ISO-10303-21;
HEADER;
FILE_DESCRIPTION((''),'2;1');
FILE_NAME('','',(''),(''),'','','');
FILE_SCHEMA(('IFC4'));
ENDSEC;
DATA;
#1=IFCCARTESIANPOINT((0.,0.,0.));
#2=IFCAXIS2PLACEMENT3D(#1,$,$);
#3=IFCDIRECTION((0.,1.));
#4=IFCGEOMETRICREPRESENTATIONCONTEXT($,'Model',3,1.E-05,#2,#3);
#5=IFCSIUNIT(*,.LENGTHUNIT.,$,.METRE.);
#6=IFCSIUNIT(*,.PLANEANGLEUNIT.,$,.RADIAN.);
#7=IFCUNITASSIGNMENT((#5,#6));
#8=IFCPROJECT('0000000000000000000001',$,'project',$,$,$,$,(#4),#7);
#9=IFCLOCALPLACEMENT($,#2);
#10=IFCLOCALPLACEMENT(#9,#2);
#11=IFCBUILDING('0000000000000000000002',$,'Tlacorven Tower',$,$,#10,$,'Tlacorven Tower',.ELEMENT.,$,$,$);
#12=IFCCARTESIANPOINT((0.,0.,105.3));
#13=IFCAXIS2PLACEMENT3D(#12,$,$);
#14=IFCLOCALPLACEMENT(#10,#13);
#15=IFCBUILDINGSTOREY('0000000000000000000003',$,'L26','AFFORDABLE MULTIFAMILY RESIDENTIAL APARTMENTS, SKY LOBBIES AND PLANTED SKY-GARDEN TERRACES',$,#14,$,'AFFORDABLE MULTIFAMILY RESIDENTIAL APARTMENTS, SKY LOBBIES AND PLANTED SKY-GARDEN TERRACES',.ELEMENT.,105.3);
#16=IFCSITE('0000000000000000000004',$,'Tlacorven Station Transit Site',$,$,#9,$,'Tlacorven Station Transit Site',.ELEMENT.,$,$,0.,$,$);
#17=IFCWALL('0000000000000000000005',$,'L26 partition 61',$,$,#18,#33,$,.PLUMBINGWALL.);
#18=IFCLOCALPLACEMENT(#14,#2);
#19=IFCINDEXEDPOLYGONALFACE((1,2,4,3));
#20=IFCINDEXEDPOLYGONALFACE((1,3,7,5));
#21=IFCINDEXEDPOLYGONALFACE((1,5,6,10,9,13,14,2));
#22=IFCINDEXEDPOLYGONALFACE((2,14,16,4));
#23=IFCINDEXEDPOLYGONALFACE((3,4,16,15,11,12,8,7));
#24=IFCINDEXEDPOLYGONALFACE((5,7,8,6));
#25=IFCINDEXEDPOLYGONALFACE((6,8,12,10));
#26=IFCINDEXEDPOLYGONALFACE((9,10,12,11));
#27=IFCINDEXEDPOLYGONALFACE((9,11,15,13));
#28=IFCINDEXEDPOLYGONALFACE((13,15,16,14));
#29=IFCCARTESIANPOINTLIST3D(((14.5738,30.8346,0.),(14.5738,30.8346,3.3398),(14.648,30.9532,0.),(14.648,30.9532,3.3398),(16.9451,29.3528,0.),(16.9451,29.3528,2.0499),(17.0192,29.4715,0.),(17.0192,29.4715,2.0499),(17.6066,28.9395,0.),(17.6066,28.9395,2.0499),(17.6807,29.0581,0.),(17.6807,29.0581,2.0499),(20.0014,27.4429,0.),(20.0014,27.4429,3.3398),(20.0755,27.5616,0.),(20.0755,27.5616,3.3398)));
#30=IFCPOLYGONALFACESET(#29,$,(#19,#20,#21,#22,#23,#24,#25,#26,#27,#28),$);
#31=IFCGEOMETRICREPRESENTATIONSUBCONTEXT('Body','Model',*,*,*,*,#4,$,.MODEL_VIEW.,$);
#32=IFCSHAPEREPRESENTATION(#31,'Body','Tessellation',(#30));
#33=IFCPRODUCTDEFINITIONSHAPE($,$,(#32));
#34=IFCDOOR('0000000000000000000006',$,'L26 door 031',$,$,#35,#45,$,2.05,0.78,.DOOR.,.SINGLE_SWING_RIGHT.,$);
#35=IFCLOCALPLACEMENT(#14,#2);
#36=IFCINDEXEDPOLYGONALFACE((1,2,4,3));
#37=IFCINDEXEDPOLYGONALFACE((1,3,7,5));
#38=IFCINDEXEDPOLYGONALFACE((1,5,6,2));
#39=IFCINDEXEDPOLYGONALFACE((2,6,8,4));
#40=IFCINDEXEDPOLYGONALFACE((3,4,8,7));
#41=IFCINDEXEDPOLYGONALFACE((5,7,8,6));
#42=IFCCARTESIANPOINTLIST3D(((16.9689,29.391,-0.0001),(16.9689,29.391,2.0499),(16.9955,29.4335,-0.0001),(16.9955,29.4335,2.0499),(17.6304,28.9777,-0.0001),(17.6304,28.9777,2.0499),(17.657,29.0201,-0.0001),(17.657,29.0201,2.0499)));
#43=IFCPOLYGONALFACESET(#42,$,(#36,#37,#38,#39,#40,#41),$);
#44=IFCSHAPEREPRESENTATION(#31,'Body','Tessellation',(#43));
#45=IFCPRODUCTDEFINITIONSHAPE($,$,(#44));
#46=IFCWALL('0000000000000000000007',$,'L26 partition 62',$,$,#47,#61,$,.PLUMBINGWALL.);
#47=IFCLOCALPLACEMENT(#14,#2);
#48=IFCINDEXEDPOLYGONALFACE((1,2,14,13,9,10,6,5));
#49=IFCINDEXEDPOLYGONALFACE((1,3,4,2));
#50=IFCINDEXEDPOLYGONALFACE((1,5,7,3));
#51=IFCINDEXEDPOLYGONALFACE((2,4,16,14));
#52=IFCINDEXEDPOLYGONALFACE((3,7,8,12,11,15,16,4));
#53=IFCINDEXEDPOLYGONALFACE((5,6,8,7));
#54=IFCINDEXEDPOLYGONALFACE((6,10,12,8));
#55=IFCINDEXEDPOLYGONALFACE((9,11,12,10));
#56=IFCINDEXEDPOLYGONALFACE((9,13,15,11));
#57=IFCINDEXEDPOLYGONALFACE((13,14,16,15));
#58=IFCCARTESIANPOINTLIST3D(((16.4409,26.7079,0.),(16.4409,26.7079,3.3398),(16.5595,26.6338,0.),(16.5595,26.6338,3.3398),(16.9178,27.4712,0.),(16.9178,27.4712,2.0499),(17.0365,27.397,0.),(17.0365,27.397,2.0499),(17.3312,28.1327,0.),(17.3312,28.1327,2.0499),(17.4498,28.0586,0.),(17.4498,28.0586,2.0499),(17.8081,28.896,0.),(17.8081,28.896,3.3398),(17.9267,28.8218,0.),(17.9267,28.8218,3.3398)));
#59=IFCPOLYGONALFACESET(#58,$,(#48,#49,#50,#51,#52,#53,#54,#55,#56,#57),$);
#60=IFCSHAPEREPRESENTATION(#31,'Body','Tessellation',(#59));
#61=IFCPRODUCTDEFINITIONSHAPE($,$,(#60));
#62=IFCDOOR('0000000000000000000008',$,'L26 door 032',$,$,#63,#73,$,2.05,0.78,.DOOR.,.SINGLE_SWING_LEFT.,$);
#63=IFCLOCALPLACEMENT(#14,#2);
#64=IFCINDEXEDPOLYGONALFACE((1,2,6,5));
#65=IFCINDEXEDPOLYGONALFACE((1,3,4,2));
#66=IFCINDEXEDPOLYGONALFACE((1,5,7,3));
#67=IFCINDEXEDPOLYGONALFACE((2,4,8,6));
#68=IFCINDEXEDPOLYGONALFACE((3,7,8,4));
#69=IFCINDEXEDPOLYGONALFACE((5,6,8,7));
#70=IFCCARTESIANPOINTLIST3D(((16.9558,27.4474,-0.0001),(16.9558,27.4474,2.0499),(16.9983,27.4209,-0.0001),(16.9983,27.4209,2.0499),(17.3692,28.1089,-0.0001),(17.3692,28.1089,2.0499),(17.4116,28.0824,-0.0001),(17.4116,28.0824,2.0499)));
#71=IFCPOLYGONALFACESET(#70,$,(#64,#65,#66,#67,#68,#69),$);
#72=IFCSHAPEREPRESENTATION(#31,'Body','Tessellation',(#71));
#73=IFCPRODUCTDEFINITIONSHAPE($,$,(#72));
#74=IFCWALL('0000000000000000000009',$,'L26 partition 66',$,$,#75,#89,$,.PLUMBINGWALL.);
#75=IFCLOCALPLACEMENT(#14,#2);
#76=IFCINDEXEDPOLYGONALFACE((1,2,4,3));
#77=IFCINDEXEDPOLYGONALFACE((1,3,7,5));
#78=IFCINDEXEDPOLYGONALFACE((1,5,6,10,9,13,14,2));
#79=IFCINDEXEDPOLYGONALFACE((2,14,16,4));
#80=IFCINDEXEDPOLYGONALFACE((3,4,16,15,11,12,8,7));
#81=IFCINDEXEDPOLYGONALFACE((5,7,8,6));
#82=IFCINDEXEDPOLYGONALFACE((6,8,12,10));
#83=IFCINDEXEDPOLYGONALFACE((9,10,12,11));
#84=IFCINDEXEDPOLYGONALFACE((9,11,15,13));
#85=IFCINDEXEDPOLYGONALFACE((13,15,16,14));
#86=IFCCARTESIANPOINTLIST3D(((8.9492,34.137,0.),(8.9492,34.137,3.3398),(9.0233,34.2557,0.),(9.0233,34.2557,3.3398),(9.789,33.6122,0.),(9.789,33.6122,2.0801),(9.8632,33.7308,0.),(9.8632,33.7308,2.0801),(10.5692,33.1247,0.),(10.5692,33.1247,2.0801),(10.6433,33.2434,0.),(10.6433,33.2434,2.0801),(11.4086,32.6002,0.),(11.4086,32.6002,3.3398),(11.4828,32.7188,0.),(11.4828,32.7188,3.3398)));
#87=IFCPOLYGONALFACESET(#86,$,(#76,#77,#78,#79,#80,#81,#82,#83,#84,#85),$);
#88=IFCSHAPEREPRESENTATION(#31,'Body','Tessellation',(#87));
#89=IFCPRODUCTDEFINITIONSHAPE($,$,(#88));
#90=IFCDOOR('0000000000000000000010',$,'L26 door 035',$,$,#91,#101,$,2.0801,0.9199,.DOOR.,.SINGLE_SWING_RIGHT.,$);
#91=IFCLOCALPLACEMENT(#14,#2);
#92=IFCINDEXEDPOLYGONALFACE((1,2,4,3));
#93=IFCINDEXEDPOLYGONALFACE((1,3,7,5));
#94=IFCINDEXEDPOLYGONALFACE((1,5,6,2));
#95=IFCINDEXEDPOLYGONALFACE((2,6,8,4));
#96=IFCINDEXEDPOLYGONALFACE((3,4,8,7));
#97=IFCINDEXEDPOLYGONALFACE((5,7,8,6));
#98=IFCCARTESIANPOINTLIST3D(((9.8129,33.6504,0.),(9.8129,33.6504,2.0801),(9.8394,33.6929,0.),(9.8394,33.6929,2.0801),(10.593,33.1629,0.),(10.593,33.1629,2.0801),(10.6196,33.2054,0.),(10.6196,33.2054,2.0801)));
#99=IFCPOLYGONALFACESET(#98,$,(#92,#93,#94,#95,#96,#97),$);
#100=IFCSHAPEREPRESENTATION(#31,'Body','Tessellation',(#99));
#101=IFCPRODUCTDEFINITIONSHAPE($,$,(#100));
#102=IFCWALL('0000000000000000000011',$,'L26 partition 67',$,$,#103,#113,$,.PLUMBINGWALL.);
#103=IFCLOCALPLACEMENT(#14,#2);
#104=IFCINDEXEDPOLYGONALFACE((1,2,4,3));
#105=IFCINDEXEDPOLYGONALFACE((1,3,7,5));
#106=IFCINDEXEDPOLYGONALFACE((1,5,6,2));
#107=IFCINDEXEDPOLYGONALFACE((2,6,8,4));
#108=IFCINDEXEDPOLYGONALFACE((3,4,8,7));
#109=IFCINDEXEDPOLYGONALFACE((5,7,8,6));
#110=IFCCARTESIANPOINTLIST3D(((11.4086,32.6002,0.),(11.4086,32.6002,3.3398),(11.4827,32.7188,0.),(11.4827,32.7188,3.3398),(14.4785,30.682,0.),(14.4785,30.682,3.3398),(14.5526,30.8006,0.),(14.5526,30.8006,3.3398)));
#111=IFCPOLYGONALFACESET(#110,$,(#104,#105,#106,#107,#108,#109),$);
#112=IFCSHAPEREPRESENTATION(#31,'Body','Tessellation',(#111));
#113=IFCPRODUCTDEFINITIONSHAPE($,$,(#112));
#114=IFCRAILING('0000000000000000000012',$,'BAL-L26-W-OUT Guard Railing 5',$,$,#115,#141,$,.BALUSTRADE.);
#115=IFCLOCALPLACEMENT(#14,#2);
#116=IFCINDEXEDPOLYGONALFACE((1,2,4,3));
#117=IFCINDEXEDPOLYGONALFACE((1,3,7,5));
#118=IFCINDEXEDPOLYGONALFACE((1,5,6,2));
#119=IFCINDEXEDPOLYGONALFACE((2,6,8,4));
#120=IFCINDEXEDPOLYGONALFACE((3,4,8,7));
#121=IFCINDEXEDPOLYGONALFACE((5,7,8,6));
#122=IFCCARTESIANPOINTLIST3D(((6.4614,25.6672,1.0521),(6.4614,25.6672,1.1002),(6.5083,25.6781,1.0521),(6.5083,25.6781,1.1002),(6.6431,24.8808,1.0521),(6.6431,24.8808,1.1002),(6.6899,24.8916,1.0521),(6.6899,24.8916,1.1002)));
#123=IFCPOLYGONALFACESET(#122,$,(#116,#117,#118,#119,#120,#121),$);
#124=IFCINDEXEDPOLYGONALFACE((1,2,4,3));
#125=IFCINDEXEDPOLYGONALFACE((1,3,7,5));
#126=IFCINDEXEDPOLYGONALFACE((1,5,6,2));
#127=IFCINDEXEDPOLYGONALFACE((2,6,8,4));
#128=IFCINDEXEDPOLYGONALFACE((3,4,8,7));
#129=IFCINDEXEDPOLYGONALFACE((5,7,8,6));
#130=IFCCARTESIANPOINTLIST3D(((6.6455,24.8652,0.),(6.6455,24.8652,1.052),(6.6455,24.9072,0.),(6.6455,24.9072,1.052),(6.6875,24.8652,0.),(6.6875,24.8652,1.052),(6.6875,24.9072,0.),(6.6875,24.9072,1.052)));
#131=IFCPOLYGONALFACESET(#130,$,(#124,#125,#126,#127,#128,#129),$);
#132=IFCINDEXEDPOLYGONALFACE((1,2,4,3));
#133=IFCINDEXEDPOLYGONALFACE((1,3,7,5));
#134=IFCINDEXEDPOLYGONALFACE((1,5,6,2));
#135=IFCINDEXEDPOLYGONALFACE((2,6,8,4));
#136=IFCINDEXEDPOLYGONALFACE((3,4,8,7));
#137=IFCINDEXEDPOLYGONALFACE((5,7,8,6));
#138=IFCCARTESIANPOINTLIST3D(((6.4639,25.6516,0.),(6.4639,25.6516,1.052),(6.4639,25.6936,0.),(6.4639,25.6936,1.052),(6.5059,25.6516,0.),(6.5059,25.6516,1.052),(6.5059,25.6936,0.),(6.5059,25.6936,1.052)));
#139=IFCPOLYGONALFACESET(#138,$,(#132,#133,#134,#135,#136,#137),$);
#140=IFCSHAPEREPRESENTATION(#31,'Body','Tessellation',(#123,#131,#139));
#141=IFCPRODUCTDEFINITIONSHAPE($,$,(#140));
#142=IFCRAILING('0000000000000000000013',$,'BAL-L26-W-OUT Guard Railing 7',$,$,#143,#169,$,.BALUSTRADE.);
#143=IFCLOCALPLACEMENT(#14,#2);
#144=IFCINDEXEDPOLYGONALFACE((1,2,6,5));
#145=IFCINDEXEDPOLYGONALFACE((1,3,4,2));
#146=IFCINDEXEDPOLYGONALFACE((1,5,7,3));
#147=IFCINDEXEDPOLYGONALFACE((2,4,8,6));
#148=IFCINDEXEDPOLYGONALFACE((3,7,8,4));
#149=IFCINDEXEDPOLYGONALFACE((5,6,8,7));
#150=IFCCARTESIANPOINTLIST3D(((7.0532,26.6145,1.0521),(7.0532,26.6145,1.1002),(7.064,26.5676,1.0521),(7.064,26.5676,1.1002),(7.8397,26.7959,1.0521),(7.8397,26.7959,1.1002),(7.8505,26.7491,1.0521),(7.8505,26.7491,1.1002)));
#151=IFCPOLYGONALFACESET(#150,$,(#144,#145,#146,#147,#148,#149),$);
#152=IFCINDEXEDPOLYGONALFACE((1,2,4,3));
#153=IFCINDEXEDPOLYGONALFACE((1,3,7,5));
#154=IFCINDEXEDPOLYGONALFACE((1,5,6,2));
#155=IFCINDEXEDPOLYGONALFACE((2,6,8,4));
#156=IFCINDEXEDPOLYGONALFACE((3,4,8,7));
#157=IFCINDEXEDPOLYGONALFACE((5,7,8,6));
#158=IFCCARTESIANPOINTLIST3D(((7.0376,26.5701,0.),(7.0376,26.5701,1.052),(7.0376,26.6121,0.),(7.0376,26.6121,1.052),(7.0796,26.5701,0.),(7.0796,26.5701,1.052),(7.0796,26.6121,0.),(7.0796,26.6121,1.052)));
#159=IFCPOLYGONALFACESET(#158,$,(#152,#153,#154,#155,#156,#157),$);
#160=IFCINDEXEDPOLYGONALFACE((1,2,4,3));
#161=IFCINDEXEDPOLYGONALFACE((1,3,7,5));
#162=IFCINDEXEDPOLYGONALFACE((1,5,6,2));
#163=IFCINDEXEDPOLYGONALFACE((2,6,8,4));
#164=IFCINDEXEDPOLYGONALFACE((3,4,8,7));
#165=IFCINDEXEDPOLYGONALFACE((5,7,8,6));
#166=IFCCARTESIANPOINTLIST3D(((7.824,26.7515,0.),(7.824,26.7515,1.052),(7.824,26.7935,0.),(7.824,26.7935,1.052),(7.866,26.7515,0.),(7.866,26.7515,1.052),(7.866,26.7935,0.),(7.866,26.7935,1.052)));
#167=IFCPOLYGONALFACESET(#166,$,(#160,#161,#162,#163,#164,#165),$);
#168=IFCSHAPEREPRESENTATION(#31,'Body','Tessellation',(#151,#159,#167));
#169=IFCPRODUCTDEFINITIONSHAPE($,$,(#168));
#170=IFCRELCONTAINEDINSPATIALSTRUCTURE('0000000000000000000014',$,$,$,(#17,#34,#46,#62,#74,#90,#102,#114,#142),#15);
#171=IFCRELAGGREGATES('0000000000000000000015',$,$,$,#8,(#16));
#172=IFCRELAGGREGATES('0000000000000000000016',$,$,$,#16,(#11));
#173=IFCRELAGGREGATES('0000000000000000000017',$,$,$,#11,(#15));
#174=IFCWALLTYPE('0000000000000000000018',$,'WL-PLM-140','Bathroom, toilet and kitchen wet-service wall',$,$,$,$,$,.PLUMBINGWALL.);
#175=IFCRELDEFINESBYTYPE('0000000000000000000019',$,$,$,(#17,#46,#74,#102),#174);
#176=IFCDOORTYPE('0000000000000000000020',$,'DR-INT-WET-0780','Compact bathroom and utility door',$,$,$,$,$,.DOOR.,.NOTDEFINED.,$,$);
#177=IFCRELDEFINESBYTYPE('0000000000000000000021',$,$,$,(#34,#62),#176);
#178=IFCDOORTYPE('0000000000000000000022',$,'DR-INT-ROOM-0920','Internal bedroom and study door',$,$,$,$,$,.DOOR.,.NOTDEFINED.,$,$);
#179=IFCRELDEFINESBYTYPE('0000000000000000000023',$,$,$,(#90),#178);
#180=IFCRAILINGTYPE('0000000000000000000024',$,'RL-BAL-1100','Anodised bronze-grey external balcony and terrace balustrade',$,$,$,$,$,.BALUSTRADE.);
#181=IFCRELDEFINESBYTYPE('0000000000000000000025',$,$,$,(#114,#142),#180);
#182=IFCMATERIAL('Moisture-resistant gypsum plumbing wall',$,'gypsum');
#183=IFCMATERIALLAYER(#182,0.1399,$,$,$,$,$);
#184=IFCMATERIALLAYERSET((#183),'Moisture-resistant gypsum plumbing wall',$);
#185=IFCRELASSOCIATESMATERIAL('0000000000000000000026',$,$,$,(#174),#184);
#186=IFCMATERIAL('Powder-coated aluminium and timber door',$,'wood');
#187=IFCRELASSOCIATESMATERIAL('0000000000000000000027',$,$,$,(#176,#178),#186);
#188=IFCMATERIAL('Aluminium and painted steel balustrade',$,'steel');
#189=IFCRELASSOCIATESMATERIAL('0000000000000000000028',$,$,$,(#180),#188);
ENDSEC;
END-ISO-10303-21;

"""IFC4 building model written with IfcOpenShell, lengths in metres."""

from ifc_helpers import new_model, si_unit, direction, frame, frame_2d, origin, origin_2d, place, context, subcontext, project, spatial, rectangle, extrude, source, transform, mapped, material, layer, layer_set, type_object, element, fill, save


model = new_model("IFC4")

# Units and contexts
model_context = context("Model", 3, precision=1e-05, world=origin(), true_north=direction((0.0, 1.0)))
body_context = subcontext(model_context, "Body", "Model", "MODEL_VIEW")
ifc_project = project(units=[si_unit("LENGTHUNIT", "METRE"), si_unit("PLANEANGLEUNIT", "RADIAN")], contexts=[model_context])

# Site, building, storey
site_placement = place(None, origin())
site = spatial("IfcSite", under=ifc_project, at=site_placement, Name="Tlacorven Station Transit Site", LongName="Tlacorven Station Transit Site", CompositionType="ELEMENT", RefElevation=0.0)
building_placement = place(site_placement, origin())
building = spatial("IfcBuilding", under=site, at=building_placement, Name="Tlacorven Tower", LongName="Tlacorven Tower", CompositionType="ELEMENT")
storey_placement = place(building_placement, frame((0.0, 0.0, 105.3)))
storey = spatial("IfcBuildingStorey", under=building, at=storey_placement, Name="L26", Description="AFFORDABLE MULTIFAMILY RESIDENTIAL APARTMENTS, SKY LOBBIES AND PLANTED SKY-GARDEN TERRACES", LongName="AFFORDABLE MULTIFAMILY RESIDENTIAL APARTMENTS, SKY LOBBIES AND PLANTED SKY-GARDEN TERRACES", CompositionType="ELEMENT", Elevation=105.3)

# Walls, openings, doors
ifc_material_1 = material(Name="Moisture-resistant gypsum plumbing wall", Category="gypsum")
ifc_layer_1 = layer(ifc_material_1, 0.1399)
ifc_layer_set_1 = layer_set([ifc_layer_1], Name="Moisture-resistant gypsum plumbing wall")
wall_type_1 = type_object("IfcWallType", Name="WL-PLM-140", Description="Bathroom, toilet and kitchen wet-service wall", PredefinedType="PLUMBINGWALL", material=ifc_layer_set_1)
wall_1_placement = place(storey_placement, frame((20.0386, 27.5022, 0.0), z_axis=(0.0, 0.0, 1.0), x_axis=(-0.848039, 0.529934, 0.0)))
wall_1 = element("IfcWall", 1, at=wall_1_placement, inside=storey, type_object=wall_type_1, Name="L26 partition 61", PredefinedType="PLUMBINGWALL", context=body_context, shape_type="SweptSolid", body=[
    extrude(rectangle(XDim=6.4001, YDim=0.1399, at=frame_2d((3.2002, 0.0))), origin(), (0.0, 0.0, 1.0), 3.3398),
])
opening_1_placement = place(wall_1_placement, frame((2.824, 0.0, 0.0)))
opening_1 = element("IfcOpeningElement", 2, at=opening_1_placement, cuts=wall_1, PredefinedType="OPENING", context=body_context, shape_type="SweptSolid", body=[
    extrude(rectangle(XDim=0.78, YDim=2.05, at=frame_2d((0.3901, 1.0249))), frame((0.0, 0.0801, 0.0), z_axis=(0.0, -1.0, 0.0), x_axis=(1.0, 0.0, 0.0)), (0.0, 0.0, 1.0), 0.1599),
])
ifc_material_2 = material(Name="Powder-coated aluminium and timber door", Category="wood")
door_type_1 = type_object("IfcDoorType", Name="DR-INT-WET-0780", Description="Compact bathroom and utility door", OperationType="NOTDEFINED", PredefinedType="DOOR", material=ifc_material_2)
shared_shape_1 = source(origin(), body_context, "Body", "SweptSolid", [
    extrude(rectangle(XDim=0.78, YDim=2.05, at=frame_2d((0.3901, 1.0249))), frame((0.0, 0.0249, 0.0), z_axis=(0.0, -1.0, 0.0), x_axis=(1.0, 0.0, 0.0)), (0.0, 0.0, 1.0), 0.05),
])
door_1_placement = place(opening_1_placement, origin())
door_1 = element("IfcDoor", 3, at=door_1_placement, inside=storey, type_object=door_type_1, Name="L26 door 031", OperationType="SINGLE_SWING_RIGHT", OverallHeight=2.05, OverallWidth=0.78, PredefinedType="DOOR", context=body_context, shape_type="MappedRepresentation", body=[
    mapped(shared_shape_1, transform((0.0, 0.0, 0.0), scale=1.0)),
])
fill(opening_1, door_1)
wall_2_placement = place(storey_placement, frame((17.8674, 28.8589, 0.0), z_axis=(0.0, 0.0, 1.0), x_axis=(-0.529914, -0.848051, 0.0)))
wall_2 = element("IfcWall", 4, at=wall_2_placement, inside=storey, type_object=wall_type_1, Name="L26 partition 62", PredefinedType="PLUMBINGWALL", context=body_context, shape_type="SweptSolid", body=[
    extrude(rectangle(XDim=2.5801, YDim=0.1399, at=frame_2d((1.29, 0.0))), origin(), (0.0, 0.0, 1.0), 3.3398),
])
opening_2_placement = place(wall_2_placement, frame((0.8999, 0.0, 0.0)))
opening_2 = element("IfcOpeningElement", 5, at=opening_2_placement, cuts=wall_2, PredefinedType="OPENING", context=body_context, shape_type="SweptSolid", body=[
    extrude(rectangle(XDim=0.78, YDim=2.05, at=frame_2d((0.3901, 1.0249))), frame((0.0, 0.0801, 0.0), z_axis=(0.0, -1.0, 0.0), x_axis=(1.0, 0.0, 0.0)), (0.0, 0.0, 1.0), 0.1599),
])
door_2_placement = place(opening_2_placement, origin())
door_2 = element("IfcDoor", 6, at=door_2_placement, inside=storey, type_object=door_type_1, Name="L26 door 032", OperationType="SINGLE_SWING_LEFT", OverallHeight=2.05, OverallWidth=0.78, PredefinedType="DOOR", context=body_context, shape_type="MappedRepresentation", body=[
    mapped(shared_shape_1, transform((0.0, 0.0, 0.0), scale=1.0)),
])
fill(opening_2, door_2)
wall_3_placement = place(storey_placement, frame((11.4458, 32.6594, 0.0), z_axis=(0.0, 0.0, 1.0), x_axis=(-0.848046, 0.529923, 0.0)))
wall_3 = element("IfcWall", 7, at=wall_3_placement, inside=storey, type_object=wall_type_1, Name="L26 partition 66", PredefinedType="PLUMBINGWALL", context=body_context, shape_type="SweptSolid", body=[
    extrude(rectangle(XDim=2.9001, YDim=0.1399, at=frame_2d((1.4502, 0.0))), origin(), (0.0, 0.0, 1.0), 3.3398),
])
opening_3_placement = place(wall_3_placement, frame((0.99, 0.0, 0.0)))
opening_3 = element("IfcOpeningElement", 8, at=opening_3_placement, cuts=wall_3, PredefinedType="OPENING", context=body_context, shape_type="SweptSolid", body=[
    extrude(rectangle(XDim=0.9199, YDim=2.0801, at=frame_2d((0.46, 1.04))), frame((0.0, 0.0801, 0.0), z_axis=(0.0, -1.0, 0.0), x_axis=(1.0, 0.0, 0.0)), (0.0, 0.0, 1.0), 0.1599),
])
door_type_2 = type_object("IfcDoorType", Name="DR-INT-ROOM-0920", Description="Internal bedroom and study door", OperationType="NOTDEFINED", PredefinedType="DOOR", material=ifc_material_2)
shared_shape_2 = source(origin(), body_context, "Body", "SweptSolid", [
    extrude(rectangle(XDim=0.9199, YDim=2.0801, at=frame_2d((0.46, 1.04))), frame((0.0, 0.0249, 0.0), z_axis=(0.0, -1.0, 0.0), x_axis=(1.0, 0.0, 0.0)), (0.0, 0.0, 1.0), 0.05),
])
door_3_placement = place(opening_3_placement, origin())
door_3 = element("IfcDoor", 9, at=door_3_placement, inside=storey, type_object=door_type_2, Name="L26 door 035", OperationType="SINGLE_SWING_RIGHT", OverallHeight=2.0801, OverallWidth=0.9199, PredefinedType="DOOR", context=body_context, shape_type="MappedRepresentation", body=[
    mapped(shared_shape_2, transform((0.0, 0.0, 0.0), scale=1.0)),
])
fill(opening_3, door_3)

# Wall
wall_4_placement = place(storey_placement, frame((14.5156, 30.7412, 0.0), z_axis=(0.0, 0.0, 1.0), x_axis=(-0.848051, 0.529914, 0.0)))
element("IfcWall", 10, at=wall_4_placement, inside=storey, type_object=wall_type_1, Name="L26 partition 67", PredefinedType="PLUMBINGWALL", context=body_context, shape_type="SweptSolid", body=[
    extrude(rectangle(XDim=3.6199, YDim=0.1399, at=frame_2d((1.8101, 0.0))), origin(), (0.0, 0.0, 1.0), 3.3398),
])

# Railings
ifc_material_3 = material(Name="Aluminium and painted steel balustrade", Category="steel")
railing_type = type_object("IfcRailingType", Name="RL-BAL-1100", Description="Anodised bronze-grey external balcony and terrace balustrade", PredefinedType="BALUSTRADE", material=ifc_material_3)
shared_shape_3 = source(origin(), body_context, "Body", "SweptSolid", [
    extrude(rectangle(XDim=0.0481, YDim=0.0481, at=origin_2d()), frame((0.0, 0.0, 1.0762), z_axis=(-0.225058, 0.974345, 0.0), x_axis=(-0.974345, -0.225058, 0.0)), (0.0, 0.0, 1.0), 0.8071),
    extrude(rectangle(XDim=0.042, YDim=0.042, at=origin_2d()), origin(), (0.0, 0.0, 1.0), 1.052),
    extrude(rectangle(XDim=0.042, YDim=0.042, at=origin_2d()), frame((-0.1816, 0.7864, 0.0)), (0.0, 0.0, 1.0), 1.052),
])
railing_1_placement = place(storey_placement, frame((6.6665, 24.8862, 0.0)))
element("IfcRailing", 11, at=railing_1_placement, inside=storey, type_object=railing_type, Name="BAL-L26-W-OUT Guard Railing 5", PredefinedType="BALUSTRADE", context=body_context, shape_type="MappedRepresentation", body=[
    mapped(shared_shape_3, transform((0.0, 0.0, 0.0), scale=1.0)),
])
shared_shape_4 = source(origin(), body_context, "Body", "SweptSolid", [
    extrude(rectangle(XDim=0.0481, YDim=0.0481, at=origin_2d()), frame((0.0, 0.0, 1.0762), z_axis=(0.974412, 0.224771, 0.0), x_axis=(-0.224771, 0.974412, 0.0)), (0.0, 0.0, 1.0), 0.8071),
    extrude(rectangle(XDim=0.042, YDim=0.042, at=origin_2d()), origin(), (0.0, 0.0, 1.0), 1.052),
    extrude(rectangle(XDim=0.042, YDim=0.042, at=origin_2d()), frame((0.7864, 0.1814, 0.0)), (0.0, 0.0, 1.0), 1.052),
])
railing_2_placement = place(storey_placement, frame((7.0586, 26.5911, 0.0)))
element("IfcRailing", 12, at=railing_2_placement, inside=storey, type_object=railing_type, Name="BAL-L26-W-OUT Guard Railing 7", PredefinedType="BALUSTRADE", context=body_context, shape_type="MappedRepresentation", body=[
    mapped(shared_shape_4, transform((0.0, 0.0, 0.0), scale=1.0)),
])

save(model, "model.ifc")
